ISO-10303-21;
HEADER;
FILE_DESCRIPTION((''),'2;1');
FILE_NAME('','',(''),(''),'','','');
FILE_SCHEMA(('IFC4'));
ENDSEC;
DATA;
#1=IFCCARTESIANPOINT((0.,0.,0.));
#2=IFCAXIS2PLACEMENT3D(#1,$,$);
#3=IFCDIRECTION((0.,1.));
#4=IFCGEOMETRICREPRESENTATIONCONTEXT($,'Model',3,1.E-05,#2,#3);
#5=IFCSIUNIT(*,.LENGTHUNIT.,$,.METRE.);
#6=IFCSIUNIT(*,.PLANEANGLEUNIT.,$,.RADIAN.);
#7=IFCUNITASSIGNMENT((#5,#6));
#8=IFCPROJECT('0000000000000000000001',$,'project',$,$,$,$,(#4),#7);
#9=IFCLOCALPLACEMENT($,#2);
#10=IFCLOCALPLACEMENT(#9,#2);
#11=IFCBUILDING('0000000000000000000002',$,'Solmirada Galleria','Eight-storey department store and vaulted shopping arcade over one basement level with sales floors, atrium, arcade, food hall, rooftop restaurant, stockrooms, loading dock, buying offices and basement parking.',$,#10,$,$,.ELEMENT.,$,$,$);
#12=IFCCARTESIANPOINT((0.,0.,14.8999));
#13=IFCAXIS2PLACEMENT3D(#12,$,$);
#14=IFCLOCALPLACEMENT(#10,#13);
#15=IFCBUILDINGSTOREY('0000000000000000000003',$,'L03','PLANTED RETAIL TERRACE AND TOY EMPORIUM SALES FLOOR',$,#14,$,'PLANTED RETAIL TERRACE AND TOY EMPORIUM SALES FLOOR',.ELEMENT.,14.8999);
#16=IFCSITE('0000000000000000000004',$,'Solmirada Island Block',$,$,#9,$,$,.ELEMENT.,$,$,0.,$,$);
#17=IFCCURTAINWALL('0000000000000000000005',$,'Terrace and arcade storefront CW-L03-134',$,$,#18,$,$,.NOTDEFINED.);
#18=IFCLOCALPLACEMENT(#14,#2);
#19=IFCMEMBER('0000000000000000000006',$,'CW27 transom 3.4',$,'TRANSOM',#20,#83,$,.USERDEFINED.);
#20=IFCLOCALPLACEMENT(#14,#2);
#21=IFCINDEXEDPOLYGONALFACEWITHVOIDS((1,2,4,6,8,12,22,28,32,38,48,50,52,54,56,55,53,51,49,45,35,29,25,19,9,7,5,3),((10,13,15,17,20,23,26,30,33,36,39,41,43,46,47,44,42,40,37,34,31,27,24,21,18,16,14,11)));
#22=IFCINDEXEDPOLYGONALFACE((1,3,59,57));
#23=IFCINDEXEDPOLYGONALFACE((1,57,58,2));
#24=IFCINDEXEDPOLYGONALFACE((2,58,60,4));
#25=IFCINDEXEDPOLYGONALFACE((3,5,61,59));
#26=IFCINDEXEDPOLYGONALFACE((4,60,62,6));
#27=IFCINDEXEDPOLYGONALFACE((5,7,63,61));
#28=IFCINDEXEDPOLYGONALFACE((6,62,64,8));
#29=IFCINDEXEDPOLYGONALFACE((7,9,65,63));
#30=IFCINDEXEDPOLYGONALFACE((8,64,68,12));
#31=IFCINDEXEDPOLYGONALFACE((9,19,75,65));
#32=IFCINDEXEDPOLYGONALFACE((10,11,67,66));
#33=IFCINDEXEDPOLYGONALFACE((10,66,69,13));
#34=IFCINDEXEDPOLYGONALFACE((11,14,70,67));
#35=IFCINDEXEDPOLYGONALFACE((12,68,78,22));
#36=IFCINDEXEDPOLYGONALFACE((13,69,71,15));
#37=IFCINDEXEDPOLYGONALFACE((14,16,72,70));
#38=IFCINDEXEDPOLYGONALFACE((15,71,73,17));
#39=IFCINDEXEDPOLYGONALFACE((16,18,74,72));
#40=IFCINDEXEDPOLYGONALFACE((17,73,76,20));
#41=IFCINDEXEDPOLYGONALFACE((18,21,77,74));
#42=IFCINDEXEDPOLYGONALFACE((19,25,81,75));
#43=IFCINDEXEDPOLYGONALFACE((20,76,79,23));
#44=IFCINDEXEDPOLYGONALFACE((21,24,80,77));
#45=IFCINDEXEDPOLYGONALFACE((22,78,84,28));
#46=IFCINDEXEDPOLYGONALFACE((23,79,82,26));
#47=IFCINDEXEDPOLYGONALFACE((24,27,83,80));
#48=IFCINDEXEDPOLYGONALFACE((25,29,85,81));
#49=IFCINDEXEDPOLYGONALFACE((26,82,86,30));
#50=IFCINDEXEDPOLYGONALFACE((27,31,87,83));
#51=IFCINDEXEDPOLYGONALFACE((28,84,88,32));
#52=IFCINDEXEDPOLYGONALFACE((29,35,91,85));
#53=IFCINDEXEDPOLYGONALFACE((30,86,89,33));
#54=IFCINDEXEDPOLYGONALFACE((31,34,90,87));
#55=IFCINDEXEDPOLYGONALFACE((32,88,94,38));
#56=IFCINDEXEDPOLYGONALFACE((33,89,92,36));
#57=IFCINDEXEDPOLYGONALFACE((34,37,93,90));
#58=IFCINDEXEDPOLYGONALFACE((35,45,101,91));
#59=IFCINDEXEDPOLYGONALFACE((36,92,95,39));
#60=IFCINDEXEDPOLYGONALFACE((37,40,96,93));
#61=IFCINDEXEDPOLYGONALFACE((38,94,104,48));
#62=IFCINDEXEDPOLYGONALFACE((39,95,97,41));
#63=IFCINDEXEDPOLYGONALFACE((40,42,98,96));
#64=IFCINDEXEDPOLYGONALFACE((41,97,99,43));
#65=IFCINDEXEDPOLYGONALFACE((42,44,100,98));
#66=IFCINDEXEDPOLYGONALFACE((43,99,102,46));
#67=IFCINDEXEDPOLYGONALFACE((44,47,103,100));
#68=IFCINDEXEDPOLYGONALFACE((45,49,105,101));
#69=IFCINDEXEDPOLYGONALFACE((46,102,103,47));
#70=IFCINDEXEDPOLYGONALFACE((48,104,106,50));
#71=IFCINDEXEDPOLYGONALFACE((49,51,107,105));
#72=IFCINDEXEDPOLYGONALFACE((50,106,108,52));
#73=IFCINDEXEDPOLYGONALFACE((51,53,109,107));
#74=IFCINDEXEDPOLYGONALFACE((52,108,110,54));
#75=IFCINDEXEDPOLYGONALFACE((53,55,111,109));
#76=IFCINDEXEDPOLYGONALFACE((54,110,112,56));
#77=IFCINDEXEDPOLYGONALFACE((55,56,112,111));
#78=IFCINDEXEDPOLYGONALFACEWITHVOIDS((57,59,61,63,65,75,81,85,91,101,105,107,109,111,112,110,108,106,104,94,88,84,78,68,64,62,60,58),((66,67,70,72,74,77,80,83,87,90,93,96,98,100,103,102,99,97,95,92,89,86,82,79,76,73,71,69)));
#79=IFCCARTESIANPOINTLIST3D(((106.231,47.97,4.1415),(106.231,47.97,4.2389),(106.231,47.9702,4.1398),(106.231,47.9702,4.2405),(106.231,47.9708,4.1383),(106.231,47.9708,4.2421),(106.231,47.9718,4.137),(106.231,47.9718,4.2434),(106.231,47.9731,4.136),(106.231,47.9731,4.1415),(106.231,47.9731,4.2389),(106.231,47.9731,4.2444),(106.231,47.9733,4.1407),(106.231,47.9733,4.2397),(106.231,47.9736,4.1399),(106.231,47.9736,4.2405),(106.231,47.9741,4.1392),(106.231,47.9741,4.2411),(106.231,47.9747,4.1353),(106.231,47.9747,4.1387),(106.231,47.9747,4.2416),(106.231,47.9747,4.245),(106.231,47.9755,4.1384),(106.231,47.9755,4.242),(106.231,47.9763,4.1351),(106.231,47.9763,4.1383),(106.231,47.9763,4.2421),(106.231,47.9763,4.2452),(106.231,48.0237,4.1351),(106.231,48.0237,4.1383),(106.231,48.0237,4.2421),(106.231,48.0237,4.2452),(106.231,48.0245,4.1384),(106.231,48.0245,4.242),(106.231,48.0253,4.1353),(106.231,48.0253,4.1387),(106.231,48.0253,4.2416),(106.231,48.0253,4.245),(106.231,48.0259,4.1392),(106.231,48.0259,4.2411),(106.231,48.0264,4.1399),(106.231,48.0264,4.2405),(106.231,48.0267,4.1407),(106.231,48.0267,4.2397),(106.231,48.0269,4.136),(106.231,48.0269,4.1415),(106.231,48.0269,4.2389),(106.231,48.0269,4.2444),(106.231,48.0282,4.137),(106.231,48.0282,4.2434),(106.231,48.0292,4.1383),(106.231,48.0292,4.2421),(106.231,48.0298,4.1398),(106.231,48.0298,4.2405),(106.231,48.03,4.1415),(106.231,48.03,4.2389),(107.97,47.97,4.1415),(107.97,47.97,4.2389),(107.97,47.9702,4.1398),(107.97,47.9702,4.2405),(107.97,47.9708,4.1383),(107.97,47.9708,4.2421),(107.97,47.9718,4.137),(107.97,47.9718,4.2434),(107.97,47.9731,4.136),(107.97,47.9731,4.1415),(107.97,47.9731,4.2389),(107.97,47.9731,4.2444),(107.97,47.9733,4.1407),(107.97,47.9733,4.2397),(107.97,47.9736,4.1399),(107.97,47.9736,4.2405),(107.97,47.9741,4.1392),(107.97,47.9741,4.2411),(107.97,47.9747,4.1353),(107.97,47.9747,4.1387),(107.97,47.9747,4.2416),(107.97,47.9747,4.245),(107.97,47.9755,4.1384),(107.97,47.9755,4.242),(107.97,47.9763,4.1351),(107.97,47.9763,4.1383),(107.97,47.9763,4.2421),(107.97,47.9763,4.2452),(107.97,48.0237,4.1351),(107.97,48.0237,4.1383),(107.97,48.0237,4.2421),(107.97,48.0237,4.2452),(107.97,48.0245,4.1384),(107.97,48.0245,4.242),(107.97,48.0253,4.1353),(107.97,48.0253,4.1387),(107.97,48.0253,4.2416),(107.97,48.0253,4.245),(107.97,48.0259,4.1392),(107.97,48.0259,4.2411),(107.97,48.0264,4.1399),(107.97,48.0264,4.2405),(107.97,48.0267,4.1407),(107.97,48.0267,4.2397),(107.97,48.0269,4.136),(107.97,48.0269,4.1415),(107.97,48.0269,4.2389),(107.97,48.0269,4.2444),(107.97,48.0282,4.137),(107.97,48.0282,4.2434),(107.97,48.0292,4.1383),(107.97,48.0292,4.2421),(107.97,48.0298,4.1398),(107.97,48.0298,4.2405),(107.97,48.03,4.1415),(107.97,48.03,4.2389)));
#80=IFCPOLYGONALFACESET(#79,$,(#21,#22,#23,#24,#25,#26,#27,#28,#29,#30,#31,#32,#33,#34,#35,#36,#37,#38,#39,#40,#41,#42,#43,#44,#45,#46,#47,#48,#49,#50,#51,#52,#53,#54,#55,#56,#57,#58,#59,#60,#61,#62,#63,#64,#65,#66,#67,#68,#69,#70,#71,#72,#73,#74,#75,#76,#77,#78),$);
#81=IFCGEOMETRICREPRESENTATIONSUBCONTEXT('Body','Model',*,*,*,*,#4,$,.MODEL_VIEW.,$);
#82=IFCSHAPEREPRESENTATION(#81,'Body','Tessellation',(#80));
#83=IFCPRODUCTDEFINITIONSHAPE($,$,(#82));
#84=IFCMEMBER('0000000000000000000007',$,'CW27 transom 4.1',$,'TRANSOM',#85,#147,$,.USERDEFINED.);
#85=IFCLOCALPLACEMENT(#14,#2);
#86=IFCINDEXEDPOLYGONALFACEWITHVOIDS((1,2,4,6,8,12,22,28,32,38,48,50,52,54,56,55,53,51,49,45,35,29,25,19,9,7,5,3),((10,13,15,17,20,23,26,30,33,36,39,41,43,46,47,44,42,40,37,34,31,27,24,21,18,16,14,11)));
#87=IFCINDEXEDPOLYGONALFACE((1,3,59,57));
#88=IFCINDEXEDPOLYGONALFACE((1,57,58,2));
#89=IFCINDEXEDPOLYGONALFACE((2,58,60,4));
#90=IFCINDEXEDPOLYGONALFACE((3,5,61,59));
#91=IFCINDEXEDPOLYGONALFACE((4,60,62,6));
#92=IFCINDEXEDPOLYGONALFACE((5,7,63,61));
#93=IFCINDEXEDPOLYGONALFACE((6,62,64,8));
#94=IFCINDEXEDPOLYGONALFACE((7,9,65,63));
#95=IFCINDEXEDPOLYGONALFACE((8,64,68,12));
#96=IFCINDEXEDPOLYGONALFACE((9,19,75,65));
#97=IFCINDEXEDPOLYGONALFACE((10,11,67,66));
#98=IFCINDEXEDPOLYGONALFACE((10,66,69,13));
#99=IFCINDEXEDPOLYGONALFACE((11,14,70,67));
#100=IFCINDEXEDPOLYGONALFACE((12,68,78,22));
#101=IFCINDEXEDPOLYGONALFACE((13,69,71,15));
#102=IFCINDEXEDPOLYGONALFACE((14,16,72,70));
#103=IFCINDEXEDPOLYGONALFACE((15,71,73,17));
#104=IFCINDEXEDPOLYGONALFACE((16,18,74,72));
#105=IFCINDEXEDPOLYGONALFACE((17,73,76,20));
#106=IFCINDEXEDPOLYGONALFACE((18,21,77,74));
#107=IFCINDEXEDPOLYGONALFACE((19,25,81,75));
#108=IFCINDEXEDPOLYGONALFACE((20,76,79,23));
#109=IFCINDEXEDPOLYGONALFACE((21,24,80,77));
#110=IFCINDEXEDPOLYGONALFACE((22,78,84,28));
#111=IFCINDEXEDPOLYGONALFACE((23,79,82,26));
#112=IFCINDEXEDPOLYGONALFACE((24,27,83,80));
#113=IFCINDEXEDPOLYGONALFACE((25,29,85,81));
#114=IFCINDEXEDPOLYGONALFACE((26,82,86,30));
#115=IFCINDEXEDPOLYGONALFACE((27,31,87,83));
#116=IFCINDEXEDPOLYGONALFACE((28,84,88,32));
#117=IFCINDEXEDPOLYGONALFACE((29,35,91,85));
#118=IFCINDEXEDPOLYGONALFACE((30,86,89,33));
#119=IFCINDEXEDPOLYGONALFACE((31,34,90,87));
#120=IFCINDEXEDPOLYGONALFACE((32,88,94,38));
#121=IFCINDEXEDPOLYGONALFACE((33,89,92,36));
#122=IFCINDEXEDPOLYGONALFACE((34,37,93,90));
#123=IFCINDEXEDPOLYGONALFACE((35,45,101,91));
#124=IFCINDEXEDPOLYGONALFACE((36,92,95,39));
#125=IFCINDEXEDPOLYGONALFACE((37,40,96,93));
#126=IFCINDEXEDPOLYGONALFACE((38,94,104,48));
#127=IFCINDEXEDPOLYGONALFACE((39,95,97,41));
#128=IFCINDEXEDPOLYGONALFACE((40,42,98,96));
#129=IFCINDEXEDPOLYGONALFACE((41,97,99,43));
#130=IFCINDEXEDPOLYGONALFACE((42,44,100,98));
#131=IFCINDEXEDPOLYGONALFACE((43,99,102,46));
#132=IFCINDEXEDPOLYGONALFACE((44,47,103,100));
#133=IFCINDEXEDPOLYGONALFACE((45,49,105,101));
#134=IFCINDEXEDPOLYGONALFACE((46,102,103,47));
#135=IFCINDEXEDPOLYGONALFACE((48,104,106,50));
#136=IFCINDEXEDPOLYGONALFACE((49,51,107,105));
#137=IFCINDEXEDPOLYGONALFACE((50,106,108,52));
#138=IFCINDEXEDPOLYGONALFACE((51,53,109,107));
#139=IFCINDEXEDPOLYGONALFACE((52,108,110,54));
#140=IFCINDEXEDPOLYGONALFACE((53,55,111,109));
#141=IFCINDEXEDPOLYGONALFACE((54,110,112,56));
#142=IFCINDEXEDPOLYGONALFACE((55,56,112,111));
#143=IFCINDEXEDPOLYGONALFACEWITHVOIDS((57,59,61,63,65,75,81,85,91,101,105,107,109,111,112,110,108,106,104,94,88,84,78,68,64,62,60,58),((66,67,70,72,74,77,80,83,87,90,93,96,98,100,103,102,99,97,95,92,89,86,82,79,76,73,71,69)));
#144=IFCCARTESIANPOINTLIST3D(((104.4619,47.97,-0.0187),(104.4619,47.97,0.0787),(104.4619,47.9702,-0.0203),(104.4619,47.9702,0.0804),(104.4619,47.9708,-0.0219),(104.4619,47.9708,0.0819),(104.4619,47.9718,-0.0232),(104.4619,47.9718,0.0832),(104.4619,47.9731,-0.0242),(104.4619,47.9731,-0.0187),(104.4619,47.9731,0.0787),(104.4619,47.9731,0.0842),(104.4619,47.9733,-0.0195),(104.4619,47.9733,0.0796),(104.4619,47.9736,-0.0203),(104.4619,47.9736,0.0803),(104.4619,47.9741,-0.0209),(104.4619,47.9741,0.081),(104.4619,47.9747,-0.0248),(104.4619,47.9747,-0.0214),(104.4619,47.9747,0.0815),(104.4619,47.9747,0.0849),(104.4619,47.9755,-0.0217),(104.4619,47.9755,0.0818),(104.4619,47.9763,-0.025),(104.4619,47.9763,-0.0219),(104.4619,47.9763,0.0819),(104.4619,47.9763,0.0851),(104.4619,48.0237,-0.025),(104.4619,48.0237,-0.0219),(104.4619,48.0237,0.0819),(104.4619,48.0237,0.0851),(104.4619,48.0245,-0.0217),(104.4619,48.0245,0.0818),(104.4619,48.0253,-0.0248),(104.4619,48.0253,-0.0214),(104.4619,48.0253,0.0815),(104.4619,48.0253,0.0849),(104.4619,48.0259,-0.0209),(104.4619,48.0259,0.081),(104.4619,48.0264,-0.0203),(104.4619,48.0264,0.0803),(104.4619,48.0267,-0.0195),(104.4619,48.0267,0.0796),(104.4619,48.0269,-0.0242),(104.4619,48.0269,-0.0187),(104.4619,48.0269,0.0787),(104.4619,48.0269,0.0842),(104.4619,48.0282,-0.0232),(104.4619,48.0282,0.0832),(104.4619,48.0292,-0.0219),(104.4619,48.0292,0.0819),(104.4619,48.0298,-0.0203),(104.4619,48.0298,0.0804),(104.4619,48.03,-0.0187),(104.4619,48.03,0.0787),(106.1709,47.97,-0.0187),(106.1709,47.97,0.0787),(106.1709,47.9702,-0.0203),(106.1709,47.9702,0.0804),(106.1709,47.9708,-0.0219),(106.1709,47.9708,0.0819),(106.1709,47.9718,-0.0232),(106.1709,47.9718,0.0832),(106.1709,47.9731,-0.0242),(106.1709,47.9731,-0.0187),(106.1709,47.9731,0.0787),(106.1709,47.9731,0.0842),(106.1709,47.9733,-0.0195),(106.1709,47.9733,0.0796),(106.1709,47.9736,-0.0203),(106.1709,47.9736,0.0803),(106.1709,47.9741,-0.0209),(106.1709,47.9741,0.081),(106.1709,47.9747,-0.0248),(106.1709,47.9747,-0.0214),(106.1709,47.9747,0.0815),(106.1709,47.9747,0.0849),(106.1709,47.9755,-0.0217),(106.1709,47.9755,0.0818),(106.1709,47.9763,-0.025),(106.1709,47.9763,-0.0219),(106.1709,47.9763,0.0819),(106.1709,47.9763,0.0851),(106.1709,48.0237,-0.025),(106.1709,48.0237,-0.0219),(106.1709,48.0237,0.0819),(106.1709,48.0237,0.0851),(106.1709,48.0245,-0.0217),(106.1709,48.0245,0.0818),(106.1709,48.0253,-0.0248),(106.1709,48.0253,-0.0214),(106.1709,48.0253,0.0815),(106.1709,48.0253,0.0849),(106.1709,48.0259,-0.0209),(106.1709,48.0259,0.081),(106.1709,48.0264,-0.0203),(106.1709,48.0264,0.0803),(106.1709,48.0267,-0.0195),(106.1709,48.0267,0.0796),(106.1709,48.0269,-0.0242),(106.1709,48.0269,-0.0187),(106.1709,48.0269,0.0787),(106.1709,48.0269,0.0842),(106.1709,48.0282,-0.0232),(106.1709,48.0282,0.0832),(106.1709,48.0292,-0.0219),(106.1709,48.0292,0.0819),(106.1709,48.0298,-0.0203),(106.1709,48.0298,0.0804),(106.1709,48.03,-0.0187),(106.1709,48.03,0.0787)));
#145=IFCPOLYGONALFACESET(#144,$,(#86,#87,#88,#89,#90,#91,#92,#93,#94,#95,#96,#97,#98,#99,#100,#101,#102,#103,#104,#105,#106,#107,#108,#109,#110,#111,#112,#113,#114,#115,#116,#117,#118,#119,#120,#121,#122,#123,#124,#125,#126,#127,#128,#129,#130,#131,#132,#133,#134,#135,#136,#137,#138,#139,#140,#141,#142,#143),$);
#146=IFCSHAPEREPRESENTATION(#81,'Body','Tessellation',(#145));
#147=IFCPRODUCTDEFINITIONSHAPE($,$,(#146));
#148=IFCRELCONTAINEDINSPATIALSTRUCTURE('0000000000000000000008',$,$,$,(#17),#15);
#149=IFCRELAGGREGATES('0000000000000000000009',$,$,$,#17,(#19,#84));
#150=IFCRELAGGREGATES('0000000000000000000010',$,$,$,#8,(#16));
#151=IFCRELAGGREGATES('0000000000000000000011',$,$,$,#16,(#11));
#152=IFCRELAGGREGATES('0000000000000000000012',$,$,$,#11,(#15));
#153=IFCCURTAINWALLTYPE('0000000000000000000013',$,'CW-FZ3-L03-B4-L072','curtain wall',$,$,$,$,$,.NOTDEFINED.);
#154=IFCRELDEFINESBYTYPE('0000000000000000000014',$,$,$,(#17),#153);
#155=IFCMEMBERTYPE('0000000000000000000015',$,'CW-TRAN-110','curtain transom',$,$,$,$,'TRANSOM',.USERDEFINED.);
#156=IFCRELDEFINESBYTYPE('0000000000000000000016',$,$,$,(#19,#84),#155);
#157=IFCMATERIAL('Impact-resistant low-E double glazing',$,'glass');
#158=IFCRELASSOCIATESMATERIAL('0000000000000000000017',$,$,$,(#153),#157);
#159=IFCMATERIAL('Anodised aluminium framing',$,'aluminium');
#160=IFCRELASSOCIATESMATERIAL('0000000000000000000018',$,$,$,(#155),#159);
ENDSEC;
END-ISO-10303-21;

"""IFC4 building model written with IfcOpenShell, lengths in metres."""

from ifc_helpers import new_model, si_unit, direction, frame, origin, origin_2d, place, context, subcontext, project, spatial, hollow_rectangle, extrude, material, material_profile, profile_set, type_object, element, aggregate, save


model = new_model("IFC4")

# Units and contexts
model_context = context("Model", 3, precision=1e-05, world=origin(), true_north=direction((0.0, 1.0)))
body_context = subcontext(model_context, "Body", "Model", "MODEL_VIEW")
ifc_project = project(units=[si_unit("LENGTHUNIT", "METRE"), si_unit("PLANEANGLEUNIT", "RADIAN")], contexts=[model_context])

# Site, building, storey
site_placement = place(None, origin())
site = spatial("IfcSite", under=ifc_project, at=site_placement, Name="Solmirada Island Block", CompositionType="ELEMENT", RefElevation=0.0)
building_placement = place(site_placement, origin())
building = spatial("IfcBuilding", under=site, at=building_placement, Name="Solmirada Galleria", Description="Eight-storey department store and vaulted shopping arcade over one basement level with sales floors, atrium, arcade, food hall, rooftop restaurant, stockrooms, loading dock, buying offices and basement parking.", CompositionType="ELEMENT")
storey_placement = place(building_placement, frame((0.0, 0.0, 14.8999)))
storey = spatial("IfcBuildingStorey", under=building, at=storey_placement, Name="L03", Description="PLANTED RETAIL TERRACE AND TOY EMPORIUM SALES FLOOR", LongName="PLANTED RETAIL TERRACE AND TOY EMPORIUM SALES FLOOR", CompositionType="ELEMENT", Elevation=14.8999)

# Curtain wall
ifc_material_1 = material(Name="Impact-resistant low-E double glazing", Category="glass")
curtain_wall_type_1 = type_object("IfcCurtainWallType", Name="CW-FZ3-L03-B4-L072", Description="curtain wall", PredefinedType="NOTDEFINED", material=ifc_material_1)
curtain_wall_1_placement = place(storey_placement, origin())
curtain_wall_1 = element("IfcCurtainWall", 1, at=curtain_wall_1_placement, inside=storey, type_object=curtain_wall_type_1, Name="Terrace and arcade storefront CW-L03-134", PredefinedType="NOTDEFINED")
ifc_material_2 = material(Name="Anodised aluminium framing", Category="aluminium")

# Members
ifc_material_profile_1 = material_profile(ifc_material_2, hollow_rectangle(XDim=0.0601, YDim=0.1101, WallThickness=0.0032, InnerFilletRadius=0.0032, OuterFilletRadius=0.0063, at=origin_2d()), Name="ALU-TRAN-110X60")
ifc_profile_set_1 = profile_set([ifc_material_profile_1], Name="Anodised aluminium framing")
member_type_1 = type_object("IfcMemberType", Name="CW-TRAN-110", Description="curtain transom", ElementType="TRANSOM", PredefinedType="USERDEFINED", material=ifc_profile_set_1)
member_1_placement = place(storey_placement, frame((107.97, 48.0, 4.1902), z_axis=(-1.0, 0.0, 0.0), x_axis=(0.0, -1.0, 0.0)))
member_1 = element("IfcMember", 2, at=member_1_placement, type_object=member_type_1, Name="CW27 transom 3.4", ObjectType="TRANSOM", PredefinedType="USERDEFINED", context=body_context, shape_type="SweptSolid", body=[
    extrude(hollow_rectangle(XDim=0.0601, YDim=0.1101, WallThickness=0.0032, InnerFilletRadius=0.0032, OuterFilletRadius=0.0063, at=origin_2d()), origin(), (0.0, 0.0, 1.0), 1.739),
])
member_2_placement = place(storey_placement, frame((106.1709, 48.0, 0.03), z_axis=(-1.0, 0.0, 0.0), x_axis=(0.0, -1.0, 0.0)))
member_2 = element("IfcMember", 3, at=member_2_placement, type_object=member_type_1, Name="CW27 transom 4.1", ObjectType="TRANSOM", PredefinedType="USERDEFINED", context=body_context, shape_type="SweptSolid", body=[
    extrude(hollow_rectangle(XDim=0.0601, YDim=0.1101, WallThickness=0.0032, InnerFilletRadius=0.0032, OuterFilletRadius=0.0063, at=origin_2d()), origin(), (0.0, 0.0, 1.0), 1.709),
])

aggregate(curtain_wall_1, [member_1, member_2])

save(model, "model.ifc")
